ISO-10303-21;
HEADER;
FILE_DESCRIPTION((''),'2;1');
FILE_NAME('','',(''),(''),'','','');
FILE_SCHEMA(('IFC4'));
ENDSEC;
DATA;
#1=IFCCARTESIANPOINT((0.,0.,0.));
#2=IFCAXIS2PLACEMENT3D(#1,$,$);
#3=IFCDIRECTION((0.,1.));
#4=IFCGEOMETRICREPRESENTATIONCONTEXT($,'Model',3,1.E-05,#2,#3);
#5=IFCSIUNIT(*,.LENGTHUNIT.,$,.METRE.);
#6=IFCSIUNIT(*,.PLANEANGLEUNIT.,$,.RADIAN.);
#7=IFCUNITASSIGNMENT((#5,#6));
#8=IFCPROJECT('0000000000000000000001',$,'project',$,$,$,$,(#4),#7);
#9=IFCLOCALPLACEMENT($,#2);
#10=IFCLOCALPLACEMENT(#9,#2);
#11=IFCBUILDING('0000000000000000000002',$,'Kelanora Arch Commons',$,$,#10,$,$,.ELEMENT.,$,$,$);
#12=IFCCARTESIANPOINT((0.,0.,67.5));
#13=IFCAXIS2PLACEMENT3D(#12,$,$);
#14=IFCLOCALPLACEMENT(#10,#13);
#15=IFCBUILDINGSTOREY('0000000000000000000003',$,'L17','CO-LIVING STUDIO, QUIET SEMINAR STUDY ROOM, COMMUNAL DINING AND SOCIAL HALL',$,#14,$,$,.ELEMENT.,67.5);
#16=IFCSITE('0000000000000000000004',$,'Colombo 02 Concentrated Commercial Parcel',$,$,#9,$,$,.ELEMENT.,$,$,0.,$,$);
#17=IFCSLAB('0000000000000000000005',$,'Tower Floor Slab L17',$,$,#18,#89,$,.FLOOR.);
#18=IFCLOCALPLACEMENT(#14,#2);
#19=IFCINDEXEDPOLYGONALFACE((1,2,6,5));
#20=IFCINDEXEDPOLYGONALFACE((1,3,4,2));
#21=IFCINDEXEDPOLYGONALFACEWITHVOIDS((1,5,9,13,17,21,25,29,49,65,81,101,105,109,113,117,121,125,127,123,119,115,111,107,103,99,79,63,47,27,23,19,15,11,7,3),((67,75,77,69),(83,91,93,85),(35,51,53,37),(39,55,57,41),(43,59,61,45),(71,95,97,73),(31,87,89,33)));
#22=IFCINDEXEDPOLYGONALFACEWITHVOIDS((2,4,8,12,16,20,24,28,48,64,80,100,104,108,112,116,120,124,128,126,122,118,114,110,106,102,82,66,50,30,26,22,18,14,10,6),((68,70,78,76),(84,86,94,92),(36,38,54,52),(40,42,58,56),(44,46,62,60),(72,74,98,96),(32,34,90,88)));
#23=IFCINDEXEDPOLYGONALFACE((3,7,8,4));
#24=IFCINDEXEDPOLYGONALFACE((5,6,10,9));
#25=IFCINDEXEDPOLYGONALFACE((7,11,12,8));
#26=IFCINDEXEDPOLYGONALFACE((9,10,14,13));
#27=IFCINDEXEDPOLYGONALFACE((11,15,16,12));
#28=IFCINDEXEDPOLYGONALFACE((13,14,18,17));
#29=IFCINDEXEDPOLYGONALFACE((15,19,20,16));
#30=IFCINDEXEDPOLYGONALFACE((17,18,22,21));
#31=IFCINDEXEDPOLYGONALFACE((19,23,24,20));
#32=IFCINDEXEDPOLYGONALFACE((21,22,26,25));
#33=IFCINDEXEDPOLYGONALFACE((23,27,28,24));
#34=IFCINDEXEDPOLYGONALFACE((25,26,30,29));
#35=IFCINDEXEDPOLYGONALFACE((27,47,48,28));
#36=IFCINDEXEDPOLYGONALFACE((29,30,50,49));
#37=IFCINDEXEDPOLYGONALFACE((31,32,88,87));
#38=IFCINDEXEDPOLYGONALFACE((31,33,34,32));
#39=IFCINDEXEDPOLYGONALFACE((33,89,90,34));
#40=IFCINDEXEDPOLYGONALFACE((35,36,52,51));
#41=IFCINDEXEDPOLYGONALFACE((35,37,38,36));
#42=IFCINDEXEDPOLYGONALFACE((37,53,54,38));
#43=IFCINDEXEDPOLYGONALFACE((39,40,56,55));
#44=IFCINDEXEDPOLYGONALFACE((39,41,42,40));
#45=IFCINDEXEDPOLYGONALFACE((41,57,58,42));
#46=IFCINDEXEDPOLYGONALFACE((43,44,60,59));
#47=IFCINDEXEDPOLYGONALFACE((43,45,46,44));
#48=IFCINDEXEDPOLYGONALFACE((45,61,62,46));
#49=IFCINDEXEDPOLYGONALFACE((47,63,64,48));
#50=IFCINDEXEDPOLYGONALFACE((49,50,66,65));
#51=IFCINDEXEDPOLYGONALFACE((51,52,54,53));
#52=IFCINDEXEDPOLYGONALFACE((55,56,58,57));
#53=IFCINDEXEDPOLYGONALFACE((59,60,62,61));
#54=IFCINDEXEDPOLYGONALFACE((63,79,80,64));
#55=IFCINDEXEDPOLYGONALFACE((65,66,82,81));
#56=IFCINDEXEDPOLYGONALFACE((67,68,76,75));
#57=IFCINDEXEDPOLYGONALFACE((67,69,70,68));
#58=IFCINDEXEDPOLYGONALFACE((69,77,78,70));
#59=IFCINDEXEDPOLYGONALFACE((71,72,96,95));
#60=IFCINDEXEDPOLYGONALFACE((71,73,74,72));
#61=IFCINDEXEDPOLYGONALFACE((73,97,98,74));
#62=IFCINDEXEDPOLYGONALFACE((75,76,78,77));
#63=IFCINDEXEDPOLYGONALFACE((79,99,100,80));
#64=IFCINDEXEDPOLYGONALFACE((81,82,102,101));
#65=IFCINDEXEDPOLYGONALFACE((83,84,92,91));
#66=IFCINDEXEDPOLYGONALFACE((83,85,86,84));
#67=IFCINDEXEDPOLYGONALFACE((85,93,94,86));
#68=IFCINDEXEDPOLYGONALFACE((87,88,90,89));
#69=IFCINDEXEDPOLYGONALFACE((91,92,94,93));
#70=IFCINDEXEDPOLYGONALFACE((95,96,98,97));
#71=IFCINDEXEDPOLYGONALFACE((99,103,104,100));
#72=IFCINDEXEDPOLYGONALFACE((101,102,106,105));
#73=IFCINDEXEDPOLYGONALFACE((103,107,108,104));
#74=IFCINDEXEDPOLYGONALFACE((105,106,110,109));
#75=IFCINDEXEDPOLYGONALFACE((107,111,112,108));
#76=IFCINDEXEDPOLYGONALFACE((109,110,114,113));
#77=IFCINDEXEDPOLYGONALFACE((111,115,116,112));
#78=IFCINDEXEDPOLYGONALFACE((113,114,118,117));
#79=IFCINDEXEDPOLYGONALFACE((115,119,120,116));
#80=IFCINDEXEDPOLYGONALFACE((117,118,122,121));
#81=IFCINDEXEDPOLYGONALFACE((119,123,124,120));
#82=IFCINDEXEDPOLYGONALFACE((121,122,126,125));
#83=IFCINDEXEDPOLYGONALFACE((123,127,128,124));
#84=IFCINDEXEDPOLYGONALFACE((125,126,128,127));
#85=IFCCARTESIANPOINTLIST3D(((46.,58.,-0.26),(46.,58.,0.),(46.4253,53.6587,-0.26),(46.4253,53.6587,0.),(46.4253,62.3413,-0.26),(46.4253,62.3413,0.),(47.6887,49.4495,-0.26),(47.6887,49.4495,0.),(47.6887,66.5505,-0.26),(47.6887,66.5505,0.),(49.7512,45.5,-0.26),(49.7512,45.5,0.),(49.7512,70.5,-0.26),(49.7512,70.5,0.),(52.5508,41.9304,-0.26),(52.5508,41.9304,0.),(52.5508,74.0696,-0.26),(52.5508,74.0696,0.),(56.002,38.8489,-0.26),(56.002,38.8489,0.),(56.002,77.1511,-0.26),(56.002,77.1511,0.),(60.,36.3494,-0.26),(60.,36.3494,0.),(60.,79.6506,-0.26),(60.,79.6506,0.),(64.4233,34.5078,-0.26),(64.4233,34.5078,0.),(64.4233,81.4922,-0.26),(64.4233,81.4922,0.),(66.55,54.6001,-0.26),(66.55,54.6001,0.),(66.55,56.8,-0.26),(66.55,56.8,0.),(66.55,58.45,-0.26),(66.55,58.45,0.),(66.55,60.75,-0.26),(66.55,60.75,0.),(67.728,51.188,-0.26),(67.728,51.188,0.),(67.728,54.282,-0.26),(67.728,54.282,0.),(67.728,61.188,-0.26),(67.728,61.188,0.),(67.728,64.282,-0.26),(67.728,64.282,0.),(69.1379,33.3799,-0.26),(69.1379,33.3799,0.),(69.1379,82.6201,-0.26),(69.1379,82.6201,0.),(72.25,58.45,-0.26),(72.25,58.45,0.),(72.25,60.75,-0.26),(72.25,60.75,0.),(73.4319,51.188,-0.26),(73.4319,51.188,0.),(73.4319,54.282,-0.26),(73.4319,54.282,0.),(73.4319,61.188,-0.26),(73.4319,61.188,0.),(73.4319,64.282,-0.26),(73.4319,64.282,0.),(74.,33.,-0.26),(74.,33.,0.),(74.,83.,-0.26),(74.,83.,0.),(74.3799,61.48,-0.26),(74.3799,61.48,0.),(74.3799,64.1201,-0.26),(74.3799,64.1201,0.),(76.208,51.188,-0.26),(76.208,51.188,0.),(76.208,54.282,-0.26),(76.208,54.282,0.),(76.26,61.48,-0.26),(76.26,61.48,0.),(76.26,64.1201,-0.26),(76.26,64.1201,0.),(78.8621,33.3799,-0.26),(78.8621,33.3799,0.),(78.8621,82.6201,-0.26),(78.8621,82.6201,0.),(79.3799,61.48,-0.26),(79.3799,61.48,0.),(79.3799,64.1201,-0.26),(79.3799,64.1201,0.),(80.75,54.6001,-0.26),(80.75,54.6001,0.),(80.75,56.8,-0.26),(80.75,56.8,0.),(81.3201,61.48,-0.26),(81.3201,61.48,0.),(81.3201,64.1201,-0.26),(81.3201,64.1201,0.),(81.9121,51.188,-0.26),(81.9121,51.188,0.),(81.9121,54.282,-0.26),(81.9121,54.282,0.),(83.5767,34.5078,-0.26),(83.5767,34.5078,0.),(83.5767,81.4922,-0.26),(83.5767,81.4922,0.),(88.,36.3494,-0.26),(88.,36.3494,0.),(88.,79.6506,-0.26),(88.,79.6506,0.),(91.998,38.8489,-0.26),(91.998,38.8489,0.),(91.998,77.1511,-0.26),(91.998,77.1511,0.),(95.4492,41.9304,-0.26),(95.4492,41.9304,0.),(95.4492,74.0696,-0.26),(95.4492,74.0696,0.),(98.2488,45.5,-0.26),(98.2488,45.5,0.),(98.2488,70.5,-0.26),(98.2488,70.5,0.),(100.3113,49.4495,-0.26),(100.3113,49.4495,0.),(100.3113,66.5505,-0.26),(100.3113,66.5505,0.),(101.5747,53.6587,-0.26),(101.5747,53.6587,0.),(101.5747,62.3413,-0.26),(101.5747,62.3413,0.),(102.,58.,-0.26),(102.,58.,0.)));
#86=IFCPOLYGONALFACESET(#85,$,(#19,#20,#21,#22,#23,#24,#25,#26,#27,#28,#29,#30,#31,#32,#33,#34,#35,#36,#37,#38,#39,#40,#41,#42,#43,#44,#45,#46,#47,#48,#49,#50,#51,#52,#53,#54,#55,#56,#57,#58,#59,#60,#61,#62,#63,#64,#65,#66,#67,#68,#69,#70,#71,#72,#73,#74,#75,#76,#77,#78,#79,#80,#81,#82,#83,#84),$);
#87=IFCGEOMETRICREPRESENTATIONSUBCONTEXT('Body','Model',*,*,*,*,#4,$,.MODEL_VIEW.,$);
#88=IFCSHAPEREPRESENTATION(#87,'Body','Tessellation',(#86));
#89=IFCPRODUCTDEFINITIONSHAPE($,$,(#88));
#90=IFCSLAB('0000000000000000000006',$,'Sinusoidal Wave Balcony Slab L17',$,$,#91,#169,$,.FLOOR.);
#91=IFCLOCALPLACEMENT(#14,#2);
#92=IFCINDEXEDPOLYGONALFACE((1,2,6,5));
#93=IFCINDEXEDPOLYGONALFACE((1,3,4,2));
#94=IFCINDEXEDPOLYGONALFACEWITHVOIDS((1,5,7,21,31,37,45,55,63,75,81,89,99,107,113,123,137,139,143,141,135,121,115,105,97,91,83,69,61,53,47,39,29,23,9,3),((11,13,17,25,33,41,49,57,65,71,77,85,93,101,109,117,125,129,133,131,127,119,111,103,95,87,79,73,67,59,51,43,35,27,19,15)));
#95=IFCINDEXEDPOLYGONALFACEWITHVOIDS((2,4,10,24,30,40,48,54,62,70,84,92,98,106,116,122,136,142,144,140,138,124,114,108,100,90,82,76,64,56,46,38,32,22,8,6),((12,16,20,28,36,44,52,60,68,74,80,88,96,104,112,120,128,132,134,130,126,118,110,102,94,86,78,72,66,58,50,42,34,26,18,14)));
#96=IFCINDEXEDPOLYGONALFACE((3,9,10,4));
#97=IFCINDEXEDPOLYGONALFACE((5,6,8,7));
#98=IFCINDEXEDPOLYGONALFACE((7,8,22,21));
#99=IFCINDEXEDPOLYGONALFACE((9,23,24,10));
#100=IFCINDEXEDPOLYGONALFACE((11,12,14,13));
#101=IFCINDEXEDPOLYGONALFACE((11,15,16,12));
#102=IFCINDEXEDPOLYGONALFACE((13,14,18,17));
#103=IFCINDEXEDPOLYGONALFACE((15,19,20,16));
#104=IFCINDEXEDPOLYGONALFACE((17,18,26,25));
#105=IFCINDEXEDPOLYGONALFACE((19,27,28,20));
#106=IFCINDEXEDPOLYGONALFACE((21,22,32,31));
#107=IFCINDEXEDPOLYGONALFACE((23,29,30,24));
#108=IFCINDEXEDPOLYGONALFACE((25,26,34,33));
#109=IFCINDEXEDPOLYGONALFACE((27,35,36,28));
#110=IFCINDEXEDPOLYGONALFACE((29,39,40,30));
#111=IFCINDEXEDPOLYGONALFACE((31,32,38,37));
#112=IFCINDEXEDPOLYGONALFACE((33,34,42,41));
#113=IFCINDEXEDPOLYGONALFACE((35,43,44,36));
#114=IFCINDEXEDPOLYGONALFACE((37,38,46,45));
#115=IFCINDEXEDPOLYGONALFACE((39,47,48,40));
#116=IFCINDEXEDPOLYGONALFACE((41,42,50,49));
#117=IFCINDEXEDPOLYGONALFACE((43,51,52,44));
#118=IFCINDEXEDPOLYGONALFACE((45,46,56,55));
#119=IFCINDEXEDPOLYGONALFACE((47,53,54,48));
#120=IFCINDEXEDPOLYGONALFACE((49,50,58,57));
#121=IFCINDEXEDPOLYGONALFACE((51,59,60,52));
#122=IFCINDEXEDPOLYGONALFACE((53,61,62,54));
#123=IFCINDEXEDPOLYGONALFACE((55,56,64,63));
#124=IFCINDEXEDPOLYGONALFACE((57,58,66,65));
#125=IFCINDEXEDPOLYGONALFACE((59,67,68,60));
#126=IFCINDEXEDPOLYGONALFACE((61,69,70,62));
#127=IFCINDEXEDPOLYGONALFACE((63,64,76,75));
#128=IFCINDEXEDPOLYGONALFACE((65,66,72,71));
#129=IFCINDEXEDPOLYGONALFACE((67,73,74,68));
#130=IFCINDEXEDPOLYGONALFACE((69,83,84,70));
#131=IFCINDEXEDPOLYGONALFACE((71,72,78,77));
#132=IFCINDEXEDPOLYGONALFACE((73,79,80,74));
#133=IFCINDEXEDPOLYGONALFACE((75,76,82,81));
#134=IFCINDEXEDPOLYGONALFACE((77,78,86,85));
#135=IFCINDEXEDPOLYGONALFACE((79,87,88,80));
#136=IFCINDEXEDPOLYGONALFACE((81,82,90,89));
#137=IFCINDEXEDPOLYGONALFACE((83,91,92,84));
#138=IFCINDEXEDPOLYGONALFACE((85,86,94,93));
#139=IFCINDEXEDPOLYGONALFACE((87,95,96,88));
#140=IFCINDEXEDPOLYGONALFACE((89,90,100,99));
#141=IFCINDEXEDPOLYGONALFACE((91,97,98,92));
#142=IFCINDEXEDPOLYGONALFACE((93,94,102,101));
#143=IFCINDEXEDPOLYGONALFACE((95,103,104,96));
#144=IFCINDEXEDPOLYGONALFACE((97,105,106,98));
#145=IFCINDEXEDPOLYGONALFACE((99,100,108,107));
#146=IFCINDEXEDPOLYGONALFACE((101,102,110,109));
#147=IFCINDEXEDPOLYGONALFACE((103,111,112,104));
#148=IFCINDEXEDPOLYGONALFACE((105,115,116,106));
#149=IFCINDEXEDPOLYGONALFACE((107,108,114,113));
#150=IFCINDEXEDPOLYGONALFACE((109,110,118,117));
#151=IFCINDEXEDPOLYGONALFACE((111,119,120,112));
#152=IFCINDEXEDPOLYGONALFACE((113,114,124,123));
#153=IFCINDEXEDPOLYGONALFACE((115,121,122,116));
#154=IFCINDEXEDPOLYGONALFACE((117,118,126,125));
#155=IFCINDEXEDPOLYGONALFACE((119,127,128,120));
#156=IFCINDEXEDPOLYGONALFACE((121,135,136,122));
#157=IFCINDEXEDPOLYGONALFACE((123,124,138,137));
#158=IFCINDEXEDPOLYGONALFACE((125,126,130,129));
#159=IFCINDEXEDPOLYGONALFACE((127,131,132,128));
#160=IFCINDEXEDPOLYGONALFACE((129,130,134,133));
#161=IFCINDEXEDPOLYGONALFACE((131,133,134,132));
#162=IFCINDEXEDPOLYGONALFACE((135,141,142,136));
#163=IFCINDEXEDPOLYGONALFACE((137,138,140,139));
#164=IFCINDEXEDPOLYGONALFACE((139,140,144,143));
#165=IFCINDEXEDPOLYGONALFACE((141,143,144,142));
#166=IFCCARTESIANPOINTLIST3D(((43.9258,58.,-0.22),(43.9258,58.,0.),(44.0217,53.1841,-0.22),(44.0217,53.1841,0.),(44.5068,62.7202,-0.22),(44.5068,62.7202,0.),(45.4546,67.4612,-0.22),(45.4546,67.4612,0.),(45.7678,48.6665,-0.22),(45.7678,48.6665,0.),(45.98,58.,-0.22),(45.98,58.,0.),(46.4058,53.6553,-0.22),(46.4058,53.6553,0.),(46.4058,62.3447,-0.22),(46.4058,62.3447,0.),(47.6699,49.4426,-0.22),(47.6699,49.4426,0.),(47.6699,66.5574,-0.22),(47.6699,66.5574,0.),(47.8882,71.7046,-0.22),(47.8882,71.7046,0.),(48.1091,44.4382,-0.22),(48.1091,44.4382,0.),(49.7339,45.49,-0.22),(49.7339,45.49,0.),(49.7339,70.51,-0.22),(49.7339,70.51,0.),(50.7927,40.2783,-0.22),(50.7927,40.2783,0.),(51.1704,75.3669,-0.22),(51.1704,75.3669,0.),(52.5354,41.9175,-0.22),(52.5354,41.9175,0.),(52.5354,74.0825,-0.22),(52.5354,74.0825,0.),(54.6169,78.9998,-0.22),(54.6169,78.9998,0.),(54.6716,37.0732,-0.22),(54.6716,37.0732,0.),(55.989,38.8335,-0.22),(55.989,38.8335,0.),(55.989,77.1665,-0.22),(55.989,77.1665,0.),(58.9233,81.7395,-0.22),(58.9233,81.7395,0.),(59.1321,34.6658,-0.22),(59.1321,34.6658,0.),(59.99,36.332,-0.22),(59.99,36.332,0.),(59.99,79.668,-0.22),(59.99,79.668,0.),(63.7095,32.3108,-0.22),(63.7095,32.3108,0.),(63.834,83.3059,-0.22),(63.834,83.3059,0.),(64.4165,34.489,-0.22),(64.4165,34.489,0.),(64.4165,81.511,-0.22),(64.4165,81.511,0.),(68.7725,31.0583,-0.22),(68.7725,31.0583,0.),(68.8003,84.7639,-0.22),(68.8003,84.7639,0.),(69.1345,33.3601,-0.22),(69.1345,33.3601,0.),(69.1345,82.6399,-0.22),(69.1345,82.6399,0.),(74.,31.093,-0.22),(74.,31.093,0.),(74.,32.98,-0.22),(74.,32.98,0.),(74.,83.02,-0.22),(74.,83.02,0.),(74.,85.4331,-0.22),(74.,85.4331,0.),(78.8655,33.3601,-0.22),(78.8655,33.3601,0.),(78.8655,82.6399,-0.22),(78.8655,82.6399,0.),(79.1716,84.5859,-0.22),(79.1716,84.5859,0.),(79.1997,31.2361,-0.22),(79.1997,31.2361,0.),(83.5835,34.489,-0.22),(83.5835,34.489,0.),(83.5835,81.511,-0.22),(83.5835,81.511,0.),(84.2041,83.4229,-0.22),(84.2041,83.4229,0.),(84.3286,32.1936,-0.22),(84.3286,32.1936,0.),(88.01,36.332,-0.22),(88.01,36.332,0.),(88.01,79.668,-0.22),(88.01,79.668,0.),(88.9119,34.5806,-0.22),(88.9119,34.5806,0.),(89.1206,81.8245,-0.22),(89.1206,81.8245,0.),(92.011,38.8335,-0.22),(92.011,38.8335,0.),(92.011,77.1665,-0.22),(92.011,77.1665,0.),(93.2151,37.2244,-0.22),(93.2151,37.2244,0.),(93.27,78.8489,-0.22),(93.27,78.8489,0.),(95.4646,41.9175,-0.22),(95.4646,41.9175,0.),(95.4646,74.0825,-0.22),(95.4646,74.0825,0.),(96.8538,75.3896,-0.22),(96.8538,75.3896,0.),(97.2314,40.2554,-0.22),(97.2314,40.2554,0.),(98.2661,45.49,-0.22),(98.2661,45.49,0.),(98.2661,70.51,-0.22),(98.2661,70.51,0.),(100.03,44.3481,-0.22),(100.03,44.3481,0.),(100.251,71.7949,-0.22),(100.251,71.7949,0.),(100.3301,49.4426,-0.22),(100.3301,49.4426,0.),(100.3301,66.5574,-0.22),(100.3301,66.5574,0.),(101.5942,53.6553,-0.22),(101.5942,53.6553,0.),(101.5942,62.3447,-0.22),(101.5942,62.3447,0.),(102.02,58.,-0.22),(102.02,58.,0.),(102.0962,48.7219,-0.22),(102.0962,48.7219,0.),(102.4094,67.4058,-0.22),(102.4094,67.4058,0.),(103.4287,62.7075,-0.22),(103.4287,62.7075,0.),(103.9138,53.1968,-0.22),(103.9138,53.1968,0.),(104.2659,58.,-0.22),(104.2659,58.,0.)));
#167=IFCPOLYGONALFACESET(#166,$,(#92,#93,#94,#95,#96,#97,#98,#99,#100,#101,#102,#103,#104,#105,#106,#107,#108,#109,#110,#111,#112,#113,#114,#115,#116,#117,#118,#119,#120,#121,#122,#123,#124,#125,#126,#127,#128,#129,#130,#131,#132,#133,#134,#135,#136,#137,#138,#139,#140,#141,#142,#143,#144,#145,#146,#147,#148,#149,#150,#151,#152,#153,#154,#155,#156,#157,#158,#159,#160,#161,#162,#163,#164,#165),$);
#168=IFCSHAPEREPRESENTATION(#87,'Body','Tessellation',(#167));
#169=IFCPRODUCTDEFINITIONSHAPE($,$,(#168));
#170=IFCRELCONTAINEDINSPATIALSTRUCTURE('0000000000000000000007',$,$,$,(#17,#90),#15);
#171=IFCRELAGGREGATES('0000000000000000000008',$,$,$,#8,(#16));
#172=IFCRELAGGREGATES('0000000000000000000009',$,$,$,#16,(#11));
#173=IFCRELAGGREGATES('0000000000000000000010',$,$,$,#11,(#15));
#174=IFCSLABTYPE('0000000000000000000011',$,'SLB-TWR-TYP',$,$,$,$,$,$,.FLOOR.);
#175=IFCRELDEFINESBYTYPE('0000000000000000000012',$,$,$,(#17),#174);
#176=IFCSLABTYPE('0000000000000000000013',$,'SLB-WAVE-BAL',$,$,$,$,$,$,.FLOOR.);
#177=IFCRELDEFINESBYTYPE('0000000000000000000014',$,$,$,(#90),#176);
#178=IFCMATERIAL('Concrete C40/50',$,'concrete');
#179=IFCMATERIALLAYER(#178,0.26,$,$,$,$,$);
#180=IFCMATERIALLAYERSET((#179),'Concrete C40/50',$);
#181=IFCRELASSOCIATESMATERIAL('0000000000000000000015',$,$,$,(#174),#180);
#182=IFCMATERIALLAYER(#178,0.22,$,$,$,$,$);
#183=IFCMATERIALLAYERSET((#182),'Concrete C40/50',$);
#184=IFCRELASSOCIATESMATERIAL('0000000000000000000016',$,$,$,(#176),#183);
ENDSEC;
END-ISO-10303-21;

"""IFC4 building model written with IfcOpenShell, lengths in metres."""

from ifc_helpers import new_model, si_unit, direction, frame, origin, place, context, subcontext, project, spatial, polyline, outline, extrude, material, layer, layer_set, type_object, element, save


model = new_model("IFC4")

# Units and contexts
model_context = context("Model", 3, precision=1e-05, world=origin(), true_north=direction((0.0, 1.0)))
body_context = subcontext(model_context, "Body", "Model", "MODEL_VIEW")
ifc_project = project(units=[si_unit("LENGTHUNIT", "METRE"), si_unit("PLANEANGLEUNIT", "RADIAN")], contexts=[model_context])

# Site, building, storey
site_placement = place(None, origin())
site = spatial("IfcSite", under=ifc_project, at=site_placement, Name="Colombo 02 Concentrated Commercial Parcel", CompositionType="ELEMENT", RefElevation=0.0)
building_placement = place(site_placement, origin())
building = spatial("IfcBuilding", under=site, at=building_placement, Name="Kelanora Arch Commons", CompositionType="ELEMENT")
storey_placement = place(building_placement, frame((0.0, 0.0, 67.5)))
storey = spatial("IfcBuildingStorey", under=building, at=storey_placement, Name="L17", Description="CO-LIVING STUDIO, QUIET SEMINAR STUDY ROOM, COMMUNAL DINING AND SOCIAL HALL", CompositionType="ELEMENT", Elevation=67.5)

# Shared definitions
ifc_material_1 = material(Name="Concrete C40/50", Category="concrete")

# Slabs
ifc_layer_1 = layer(ifc_material_1, 0.26)
ifc_layer_set_1 = layer_set([ifc_layer_1], Name="Concrete C40/50")
slab_type_1 = type_object("IfcSlabType", Name="SLB-TWR-TYP", PredefinedType="FLOOR", material=ifc_layer_set_1)
slab_1_placement = place(storey_placement, frame((0.0, 0.0, -0.26)))
element("IfcSlab", 1, at=slab_1_placement, inside=storey, type_object=slab_type_1, Name="Tower Floor Slab L17", PredefinedType="FLOOR", context=body_context, shape_type="SweptSolid", body=[
    extrude(outline(polyline([(102.0, 58.0), (101.5747, 62.3413), (100.3113, 66.5505), (98.2488, 70.5), (95.4492, 74.0696), (91.998, 77.1511), (88.0, 79.6506), (83.5767, 81.4922), (78.8621, 82.6201), (74.0, 83.0), (69.1379, 82.6201), (64.4233, 81.4922), (60.0, 79.6506), (56.002, 77.1511), (52.5508, 74.0696), (49.7512, 70.5), (47.6887, 66.5505), (46.4253, 62.3413), (46.0, 58.0), (46.4253, 53.6587), (47.6887, 49.4495), (49.7512, 45.5), (52.5508, 41.9304), (56.002, 38.8489), (60.0, 36.3494), (64.4233, 34.5078), (69.1379, 33.3799), (74.0, 33.0), (78.8621, 33.3799), (83.5767, 34.5078), (88.0, 36.3494), (91.998, 38.8489), (95.4492, 41.9304), (98.2488, 45.5), (100.3113, 49.4495), (101.5747, 53.6587), (102.0, 58.0)]), holes=[polyline([(73.4319, 51.188), (67.728, 51.188), (67.728, 54.282), (73.4319, 54.282), (73.4319, 51.188)]), polyline([(76.208, 51.188), (76.208, 54.282), (81.9121, 54.282), (81.9121, 51.188), (76.208, 51.188)]), polyline([(66.55, 54.6001), (66.55, 56.8), (80.75, 56.8), (80.75, 54.6001), (66.55, 54.6001)]), polyline([(66.55, 58.45), (66.55, 60.75), (72.25, 60.75), (72.25, 58.45), (66.55, 58.45)]), polyline([(67.728, 61.188), (67.728, 64.282), (73.4319, 64.282), (73.4319, 61.188), (67.728, 61.188)]), polyline([(74.3799, 61.48), (74.3799, 64.1201), (76.26, 64.1201), (76.26, 61.48), (74.3799, 61.48)]), polyline([(79.3799, 61.48), (79.3799, 64.1201), (81.3201, 64.1201), (81.3201, 61.48), (79.3799, 61.48)])]), origin(), (0.0, 0.0, 1.0), 0.26),
])
ifc_layer_2 = layer(ifc_material_1, 0.22)
ifc_layer_set_2 = layer_set([ifc_layer_2], Name="Concrete C40/50")
slab_type_2 = type_object("IfcSlabType", Name="SLB-WAVE-BAL", PredefinedType="FLOOR", material=ifc_layer_set_2)
slab_2_placement = place(storey_placement, frame((0.0, 0.0, -0.22)))
element("IfcSlab", 2, at=slab_2_placement, inside=storey, type_object=slab_type_2, Name="Sinusoidal Wave Balcony Slab L17", PredefinedType="FLOOR", context=body_context, shape_type="SweptSolid", body=[
    extrude(outline(polyline([(104.2659, 58.0), (103.4287, 62.7075), (102.4094, 67.4058), (100.251, 71.7949), (96.8538, 75.3896), (93.27, 78.8489), (89.1206, 81.8245), (84.2041, 83.4229), (79.1716, 84.5859), (74.0, 85.4331), (68.8003, 84.7639), (63.834, 83.3059), (58.9233, 81.7395), (54.6169, 78.9998), (51.1704, 75.3669), (47.8882, 71.7046), (45.4546, 67.4612), (44.5068, 62.7202), (43.9258, 58.0), (44.0217, 53.1841), (45.7678, 48.6665), (48.1091, 44.4382), (50.7927, 40.2783), (54.6716, 37.0732), (59.1321, 34.6658), (63.7095, 32.3108), (68.7725, 31.0583), (74.0, 31.093), (79.1997, 31.2361), (84.3286, 32.1936), (88.9119, 34.5806), (93.2151, 37.2244), (97.2314, 40.2554), (100.03, 44.3481), (102.0962, 48.7219), (103.9138, 53.1968), (104.2659, 58.0)]), holes=[polyline([(101.5942, 53.6553), (100.3301, 49.4426), (98.2661, 45.49), (95.4646, 41.9175), (92.011, 38.8335), (88.01, 36.332), (83.5835, 34.489), (78.8655, 33.3601), (74.0, 32.98), (69.1345, 33.3601), (64.4165, 34.489), (59.99, 36.332), (55.989, 38.8335), (52.5354, 41.9175), (49.7339, 45.49), (47.6699, 49.4426), (46.4058, 53.6553), (45.98, 58.0), (46.4058, 62.3447), (47.6699, 66.5574), (49.7339, 70.51), (52.5354, 74.0825), (55.989, 77.1665), (59.99, 79.668), (64.4165, 81.511), (69.1345, 82.6399), (74.0, 83.02), (78.8655, 82.6399), (83.5835, 81.511), (88.01, 79.668), (92.011, 77.1665), (95.4646, 74.0825), (98.2661, 70.51), (100.3301, 66.5574), (101.5942, 62.3447), (102.02, 58.0), (101.5942, 53.6553)])]), origin(), (0.0, 0.0, 1.0), 0.22),
])

save(model, "model.ifc")
